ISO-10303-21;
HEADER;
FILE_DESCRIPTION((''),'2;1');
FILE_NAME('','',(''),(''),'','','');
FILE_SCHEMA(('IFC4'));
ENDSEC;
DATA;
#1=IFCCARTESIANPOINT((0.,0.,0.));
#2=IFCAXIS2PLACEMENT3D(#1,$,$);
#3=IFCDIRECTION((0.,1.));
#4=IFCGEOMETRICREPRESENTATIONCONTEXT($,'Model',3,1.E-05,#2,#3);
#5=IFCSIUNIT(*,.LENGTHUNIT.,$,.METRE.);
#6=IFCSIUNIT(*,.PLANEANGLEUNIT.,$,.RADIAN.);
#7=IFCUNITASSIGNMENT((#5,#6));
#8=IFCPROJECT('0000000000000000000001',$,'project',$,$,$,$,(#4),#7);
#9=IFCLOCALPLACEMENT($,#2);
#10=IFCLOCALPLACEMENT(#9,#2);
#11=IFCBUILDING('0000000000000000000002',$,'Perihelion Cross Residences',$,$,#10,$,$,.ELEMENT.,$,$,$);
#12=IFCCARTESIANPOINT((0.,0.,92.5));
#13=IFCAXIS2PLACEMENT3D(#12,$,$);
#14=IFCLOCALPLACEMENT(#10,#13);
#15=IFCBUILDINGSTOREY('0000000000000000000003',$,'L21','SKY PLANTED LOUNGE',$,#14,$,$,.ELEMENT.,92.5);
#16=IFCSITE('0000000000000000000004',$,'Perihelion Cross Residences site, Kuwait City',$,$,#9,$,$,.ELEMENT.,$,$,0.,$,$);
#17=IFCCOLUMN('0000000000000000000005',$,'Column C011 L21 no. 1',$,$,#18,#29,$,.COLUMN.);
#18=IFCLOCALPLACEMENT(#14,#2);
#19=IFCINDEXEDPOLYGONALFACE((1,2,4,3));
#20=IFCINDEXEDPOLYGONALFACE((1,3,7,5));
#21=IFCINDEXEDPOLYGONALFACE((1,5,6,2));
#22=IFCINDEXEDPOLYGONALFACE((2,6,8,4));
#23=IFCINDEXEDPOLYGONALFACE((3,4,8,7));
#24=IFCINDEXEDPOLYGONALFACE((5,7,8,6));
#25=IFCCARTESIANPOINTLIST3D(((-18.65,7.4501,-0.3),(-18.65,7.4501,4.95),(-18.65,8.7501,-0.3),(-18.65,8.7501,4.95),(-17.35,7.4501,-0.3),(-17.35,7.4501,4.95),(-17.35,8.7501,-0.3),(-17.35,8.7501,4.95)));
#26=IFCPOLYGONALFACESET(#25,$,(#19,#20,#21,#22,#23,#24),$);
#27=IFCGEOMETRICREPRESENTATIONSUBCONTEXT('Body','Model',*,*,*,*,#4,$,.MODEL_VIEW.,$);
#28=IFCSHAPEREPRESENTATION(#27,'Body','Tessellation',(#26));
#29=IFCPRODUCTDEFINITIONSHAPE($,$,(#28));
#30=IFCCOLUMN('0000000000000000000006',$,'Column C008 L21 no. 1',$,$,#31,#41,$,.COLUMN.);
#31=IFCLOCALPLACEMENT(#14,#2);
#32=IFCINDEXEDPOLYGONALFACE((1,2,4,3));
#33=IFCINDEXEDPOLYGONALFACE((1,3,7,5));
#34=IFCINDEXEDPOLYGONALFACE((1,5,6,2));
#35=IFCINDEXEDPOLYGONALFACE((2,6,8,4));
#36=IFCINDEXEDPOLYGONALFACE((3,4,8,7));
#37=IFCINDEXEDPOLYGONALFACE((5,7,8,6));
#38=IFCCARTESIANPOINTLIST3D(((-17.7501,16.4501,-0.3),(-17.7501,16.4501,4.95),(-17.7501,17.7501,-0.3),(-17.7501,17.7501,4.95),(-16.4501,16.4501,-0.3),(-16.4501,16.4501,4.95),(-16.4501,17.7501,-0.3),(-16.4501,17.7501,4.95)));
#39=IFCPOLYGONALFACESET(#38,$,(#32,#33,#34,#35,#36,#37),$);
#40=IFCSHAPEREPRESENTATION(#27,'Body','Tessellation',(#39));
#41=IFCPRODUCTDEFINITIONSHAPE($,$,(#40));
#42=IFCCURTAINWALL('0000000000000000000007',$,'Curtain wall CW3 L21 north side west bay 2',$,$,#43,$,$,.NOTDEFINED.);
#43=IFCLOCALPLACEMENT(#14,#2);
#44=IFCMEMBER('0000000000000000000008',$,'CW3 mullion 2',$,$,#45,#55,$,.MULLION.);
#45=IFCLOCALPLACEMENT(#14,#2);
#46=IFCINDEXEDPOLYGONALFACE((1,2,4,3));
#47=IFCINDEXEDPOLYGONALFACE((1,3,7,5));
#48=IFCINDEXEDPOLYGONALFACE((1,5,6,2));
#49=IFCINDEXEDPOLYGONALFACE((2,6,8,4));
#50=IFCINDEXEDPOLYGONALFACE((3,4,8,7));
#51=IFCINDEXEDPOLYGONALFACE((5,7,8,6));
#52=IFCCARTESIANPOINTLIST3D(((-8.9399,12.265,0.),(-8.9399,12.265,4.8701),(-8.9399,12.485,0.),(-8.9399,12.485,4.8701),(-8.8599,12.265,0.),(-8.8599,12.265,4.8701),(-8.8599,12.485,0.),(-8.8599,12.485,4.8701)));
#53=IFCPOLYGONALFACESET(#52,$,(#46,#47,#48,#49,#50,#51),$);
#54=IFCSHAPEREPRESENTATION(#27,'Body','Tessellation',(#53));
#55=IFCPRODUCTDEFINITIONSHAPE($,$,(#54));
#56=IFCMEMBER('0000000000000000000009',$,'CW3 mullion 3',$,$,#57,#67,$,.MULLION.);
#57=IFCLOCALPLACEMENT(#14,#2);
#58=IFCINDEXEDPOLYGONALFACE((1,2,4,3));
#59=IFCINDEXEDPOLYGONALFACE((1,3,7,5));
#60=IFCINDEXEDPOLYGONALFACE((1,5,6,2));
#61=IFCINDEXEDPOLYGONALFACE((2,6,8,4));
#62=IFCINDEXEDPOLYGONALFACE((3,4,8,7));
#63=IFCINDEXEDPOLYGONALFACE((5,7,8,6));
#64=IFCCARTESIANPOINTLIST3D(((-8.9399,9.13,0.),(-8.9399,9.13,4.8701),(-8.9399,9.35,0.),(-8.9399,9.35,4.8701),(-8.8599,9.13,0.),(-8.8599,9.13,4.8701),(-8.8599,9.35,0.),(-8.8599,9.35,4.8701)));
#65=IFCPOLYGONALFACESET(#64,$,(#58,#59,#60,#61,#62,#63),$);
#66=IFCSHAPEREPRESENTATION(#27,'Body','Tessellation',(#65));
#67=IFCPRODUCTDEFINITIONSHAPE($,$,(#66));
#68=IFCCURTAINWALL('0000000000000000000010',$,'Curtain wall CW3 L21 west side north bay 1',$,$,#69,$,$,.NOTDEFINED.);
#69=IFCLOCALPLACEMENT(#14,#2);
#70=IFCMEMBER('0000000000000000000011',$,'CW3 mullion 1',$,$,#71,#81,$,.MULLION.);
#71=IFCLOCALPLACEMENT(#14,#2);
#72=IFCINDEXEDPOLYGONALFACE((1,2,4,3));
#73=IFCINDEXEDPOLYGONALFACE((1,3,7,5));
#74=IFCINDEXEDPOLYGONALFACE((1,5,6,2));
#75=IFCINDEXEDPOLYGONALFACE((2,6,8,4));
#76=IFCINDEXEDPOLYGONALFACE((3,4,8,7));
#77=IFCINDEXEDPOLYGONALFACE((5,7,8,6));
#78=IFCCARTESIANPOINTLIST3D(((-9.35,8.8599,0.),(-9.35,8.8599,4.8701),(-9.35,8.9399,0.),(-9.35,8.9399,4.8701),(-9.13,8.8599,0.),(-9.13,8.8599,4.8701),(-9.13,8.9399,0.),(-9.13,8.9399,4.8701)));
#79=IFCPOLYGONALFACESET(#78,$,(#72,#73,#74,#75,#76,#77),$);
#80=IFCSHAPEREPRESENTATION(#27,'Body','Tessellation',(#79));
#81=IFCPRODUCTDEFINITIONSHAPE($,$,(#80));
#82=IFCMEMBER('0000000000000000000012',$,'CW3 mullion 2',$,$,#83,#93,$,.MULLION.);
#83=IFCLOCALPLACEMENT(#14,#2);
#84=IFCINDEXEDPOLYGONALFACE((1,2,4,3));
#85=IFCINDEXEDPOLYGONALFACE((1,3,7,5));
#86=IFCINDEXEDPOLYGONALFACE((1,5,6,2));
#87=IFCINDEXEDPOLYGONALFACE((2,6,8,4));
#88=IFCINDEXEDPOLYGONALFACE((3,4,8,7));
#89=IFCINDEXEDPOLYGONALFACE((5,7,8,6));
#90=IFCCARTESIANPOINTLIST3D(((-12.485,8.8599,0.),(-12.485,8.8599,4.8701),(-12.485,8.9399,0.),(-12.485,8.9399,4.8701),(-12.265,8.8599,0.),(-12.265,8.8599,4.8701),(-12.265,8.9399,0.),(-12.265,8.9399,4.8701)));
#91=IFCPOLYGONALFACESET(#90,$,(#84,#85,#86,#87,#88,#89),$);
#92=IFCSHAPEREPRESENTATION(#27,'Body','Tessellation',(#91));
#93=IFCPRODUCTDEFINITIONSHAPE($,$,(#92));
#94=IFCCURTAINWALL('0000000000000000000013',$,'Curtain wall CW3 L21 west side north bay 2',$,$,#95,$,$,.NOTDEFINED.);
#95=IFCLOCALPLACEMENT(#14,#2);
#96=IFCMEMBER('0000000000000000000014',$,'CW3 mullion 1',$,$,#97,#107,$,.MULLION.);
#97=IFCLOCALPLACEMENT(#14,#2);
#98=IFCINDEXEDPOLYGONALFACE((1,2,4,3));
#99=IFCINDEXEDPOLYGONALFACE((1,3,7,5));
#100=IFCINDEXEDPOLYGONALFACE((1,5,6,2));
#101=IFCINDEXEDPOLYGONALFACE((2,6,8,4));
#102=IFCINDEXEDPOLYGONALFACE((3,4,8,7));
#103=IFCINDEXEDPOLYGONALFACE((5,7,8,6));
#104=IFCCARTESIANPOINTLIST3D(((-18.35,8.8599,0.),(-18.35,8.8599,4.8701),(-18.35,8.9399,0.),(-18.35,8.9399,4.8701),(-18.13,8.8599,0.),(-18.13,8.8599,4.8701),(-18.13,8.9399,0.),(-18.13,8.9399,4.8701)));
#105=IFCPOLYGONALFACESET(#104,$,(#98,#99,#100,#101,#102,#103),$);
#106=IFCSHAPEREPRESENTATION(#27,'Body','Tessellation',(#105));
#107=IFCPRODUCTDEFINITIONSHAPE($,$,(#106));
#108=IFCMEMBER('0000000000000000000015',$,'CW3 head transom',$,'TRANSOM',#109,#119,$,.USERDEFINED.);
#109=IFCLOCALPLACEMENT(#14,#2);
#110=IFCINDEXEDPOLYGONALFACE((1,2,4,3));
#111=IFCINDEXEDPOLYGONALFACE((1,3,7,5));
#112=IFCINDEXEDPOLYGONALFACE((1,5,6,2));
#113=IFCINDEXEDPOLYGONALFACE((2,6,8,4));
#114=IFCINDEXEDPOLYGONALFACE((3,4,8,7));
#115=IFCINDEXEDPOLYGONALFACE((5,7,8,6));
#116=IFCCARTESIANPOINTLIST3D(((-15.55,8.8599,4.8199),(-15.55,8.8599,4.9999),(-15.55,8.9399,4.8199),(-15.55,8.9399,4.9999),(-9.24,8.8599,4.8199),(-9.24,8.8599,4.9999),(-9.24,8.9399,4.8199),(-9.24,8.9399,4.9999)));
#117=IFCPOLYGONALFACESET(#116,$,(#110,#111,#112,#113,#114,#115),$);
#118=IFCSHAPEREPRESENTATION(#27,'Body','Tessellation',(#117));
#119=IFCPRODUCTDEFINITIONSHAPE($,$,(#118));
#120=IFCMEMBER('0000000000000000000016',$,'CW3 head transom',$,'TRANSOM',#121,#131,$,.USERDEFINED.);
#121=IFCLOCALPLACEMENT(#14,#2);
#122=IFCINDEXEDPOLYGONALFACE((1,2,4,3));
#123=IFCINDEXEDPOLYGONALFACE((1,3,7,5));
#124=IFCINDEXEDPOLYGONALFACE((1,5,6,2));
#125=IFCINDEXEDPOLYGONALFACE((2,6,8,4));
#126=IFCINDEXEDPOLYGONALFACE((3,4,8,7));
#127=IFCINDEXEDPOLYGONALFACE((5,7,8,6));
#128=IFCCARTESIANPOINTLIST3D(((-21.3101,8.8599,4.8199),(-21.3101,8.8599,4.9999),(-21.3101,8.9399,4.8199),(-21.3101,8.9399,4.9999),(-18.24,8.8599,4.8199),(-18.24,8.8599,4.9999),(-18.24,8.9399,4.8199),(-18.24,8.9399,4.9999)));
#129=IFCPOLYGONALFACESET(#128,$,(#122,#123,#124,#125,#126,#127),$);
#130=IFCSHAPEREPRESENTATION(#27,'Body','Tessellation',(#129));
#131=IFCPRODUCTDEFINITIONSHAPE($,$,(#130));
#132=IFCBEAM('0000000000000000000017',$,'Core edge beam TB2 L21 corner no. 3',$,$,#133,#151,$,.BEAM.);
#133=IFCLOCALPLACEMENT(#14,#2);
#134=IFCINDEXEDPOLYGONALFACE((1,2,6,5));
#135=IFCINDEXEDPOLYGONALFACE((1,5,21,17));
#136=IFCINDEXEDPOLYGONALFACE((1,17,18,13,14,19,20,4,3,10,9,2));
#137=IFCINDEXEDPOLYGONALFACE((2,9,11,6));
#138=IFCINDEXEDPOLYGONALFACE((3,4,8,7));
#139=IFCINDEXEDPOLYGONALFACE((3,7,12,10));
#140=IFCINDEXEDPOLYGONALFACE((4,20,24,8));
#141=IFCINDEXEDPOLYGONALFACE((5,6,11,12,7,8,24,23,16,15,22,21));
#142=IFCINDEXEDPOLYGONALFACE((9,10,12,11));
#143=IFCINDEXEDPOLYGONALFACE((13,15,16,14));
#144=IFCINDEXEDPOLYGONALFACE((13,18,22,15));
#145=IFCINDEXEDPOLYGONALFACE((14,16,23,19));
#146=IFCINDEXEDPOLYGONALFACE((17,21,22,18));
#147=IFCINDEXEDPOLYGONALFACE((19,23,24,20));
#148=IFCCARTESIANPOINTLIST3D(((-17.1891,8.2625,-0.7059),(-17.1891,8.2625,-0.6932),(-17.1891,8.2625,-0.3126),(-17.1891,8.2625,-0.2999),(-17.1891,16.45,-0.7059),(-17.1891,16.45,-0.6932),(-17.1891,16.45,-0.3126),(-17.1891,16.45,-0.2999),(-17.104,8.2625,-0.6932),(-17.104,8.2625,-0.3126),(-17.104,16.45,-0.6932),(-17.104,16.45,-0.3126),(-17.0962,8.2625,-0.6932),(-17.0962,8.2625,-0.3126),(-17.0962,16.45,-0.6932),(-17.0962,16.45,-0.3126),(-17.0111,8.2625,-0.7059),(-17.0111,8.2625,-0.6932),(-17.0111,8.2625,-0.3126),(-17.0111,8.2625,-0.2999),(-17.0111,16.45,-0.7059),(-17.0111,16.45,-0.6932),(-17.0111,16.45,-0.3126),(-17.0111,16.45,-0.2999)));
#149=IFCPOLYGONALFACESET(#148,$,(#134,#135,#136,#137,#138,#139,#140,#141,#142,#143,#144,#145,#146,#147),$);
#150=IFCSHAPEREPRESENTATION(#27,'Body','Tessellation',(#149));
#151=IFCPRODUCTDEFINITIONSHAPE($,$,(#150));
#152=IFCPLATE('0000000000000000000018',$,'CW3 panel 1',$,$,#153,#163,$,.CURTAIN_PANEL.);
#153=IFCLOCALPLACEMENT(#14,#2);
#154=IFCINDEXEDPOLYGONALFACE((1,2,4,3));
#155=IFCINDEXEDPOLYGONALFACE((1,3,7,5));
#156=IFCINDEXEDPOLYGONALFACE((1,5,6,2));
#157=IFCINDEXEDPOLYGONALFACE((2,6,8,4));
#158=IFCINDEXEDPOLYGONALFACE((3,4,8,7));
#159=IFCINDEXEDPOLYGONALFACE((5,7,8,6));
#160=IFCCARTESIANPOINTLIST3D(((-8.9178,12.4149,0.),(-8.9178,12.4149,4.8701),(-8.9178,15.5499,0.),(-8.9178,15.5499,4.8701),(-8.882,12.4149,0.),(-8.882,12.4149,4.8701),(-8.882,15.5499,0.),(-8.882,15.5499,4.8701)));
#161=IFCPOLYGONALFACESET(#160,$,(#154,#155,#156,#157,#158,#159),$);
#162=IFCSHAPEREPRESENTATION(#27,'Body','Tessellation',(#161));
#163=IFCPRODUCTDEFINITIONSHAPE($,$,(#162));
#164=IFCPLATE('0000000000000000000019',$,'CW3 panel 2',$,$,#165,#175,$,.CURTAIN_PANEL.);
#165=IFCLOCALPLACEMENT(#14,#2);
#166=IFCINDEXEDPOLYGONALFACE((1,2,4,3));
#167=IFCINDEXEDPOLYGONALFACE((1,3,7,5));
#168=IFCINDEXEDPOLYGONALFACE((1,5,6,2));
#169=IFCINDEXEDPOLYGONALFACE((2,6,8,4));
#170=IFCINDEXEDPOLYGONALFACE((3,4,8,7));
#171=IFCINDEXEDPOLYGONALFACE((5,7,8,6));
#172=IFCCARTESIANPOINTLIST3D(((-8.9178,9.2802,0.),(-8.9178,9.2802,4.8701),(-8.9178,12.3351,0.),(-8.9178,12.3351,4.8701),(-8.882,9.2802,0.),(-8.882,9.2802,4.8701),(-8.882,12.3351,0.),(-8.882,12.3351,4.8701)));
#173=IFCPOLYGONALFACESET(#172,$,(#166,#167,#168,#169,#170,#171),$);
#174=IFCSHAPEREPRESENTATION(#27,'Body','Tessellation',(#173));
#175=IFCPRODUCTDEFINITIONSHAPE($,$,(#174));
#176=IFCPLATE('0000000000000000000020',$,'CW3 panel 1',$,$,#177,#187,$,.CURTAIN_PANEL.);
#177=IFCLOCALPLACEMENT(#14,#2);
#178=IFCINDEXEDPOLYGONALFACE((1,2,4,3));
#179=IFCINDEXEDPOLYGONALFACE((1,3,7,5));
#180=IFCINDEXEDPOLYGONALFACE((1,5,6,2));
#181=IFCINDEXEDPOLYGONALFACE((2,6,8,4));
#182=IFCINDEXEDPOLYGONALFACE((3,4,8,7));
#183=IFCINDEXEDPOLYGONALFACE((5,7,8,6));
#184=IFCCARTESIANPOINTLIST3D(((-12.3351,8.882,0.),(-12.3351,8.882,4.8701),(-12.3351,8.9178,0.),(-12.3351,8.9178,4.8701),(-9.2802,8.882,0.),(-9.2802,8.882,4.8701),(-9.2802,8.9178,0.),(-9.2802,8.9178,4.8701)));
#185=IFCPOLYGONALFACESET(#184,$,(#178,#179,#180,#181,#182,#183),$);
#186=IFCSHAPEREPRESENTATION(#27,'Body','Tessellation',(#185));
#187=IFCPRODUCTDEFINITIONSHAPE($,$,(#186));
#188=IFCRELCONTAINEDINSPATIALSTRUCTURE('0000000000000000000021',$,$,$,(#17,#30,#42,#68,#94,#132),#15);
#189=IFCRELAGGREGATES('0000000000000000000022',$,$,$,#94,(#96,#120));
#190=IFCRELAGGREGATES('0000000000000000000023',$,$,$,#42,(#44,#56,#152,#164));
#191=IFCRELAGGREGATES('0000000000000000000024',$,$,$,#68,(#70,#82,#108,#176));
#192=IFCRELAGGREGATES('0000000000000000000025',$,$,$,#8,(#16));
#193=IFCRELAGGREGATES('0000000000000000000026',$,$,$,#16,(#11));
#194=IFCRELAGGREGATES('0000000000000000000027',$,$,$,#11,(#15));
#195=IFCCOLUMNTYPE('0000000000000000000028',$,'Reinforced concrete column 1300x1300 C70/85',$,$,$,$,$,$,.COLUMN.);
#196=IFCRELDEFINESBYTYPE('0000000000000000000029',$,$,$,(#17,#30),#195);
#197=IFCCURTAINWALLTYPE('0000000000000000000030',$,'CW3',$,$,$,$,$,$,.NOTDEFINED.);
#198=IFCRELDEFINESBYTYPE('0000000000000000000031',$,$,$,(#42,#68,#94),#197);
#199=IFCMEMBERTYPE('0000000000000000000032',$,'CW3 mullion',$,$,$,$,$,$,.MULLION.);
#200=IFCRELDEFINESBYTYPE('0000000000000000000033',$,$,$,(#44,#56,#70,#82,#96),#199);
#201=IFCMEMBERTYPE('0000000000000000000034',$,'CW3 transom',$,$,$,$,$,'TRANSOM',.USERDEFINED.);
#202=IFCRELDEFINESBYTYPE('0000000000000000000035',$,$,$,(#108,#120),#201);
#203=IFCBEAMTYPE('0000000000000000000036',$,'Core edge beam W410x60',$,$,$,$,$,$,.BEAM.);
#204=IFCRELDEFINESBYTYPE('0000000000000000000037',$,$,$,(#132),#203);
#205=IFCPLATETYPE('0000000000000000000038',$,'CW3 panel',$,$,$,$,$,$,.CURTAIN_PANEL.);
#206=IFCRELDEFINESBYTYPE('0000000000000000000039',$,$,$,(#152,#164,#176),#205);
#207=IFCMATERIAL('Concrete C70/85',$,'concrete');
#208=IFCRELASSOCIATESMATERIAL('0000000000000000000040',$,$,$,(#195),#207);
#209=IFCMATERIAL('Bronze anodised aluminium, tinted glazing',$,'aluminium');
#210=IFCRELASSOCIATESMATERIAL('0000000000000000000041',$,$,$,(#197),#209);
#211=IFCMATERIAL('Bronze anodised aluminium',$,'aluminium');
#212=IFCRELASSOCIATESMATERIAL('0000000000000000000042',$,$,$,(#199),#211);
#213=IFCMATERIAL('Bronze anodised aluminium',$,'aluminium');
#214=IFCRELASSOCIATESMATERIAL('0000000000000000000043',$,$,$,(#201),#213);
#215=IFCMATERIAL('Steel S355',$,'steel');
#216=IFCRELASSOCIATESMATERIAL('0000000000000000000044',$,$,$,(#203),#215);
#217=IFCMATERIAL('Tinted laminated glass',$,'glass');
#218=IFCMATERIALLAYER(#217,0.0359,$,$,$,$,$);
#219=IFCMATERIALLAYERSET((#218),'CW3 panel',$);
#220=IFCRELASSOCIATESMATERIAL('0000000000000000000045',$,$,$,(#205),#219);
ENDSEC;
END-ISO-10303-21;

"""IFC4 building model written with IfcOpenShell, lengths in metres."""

from ifc_helpers import new_model, si_unit, direction, frame, origin, origin_2d, place, context, subcontext, project, spatial, rectangle, i_section, extrude, material, layer, layer_set, material_profile, profile_set, type_object, element, aggregate, save


model = new_model("IFC4")

# Units and contexts
model_context = context("Model", 3, precision=1e-05, world=origin(), true_north=direction((0.0, 1.0)))
body_context = subcontext(model_context, "Body", "Model", "MODEL_VIEW")
ifc_project = project(units=[si_unit("LENGTHUNIT", "METRE"), si_unit("PLANEANGLEUNIT", "RADIAN")], contexts=[model_context])

# Site, building, storey
site_placement = place(None, origin())
site = spatial("IfcSite", under=ifc_project, at=site_placement, Name="Perihelion Cross Residences site, Kuwait City", CompositionType="ELEMENT", RefElevation=0.0)
building_placement = place(site_placement, origin())
building = spatial("IfcBuilding", under=site, at=building_placement, Name="Perihelion Cross Residences", CompositionType="ELEMENT")
storey_placement = place(building_placement, frame((0.0, 0.0, 92.5)))
storey = spatial("IfcBuildingStorey", under=building, at=storey_placement, Name="L21", Description="SKY PLANTED LOUNGE", CompositionType="ELEMENT", Elevation=92.5)

# Columns
ifc_material_1 = material(Name="Concrete C70/85", Category="concrete")
ifc_material_profile_1 = material_profile(ifc_material_1, rectangle(XDim=1.3, YDim=1.3, at=origin_2d()), Name="RC 1300x1300")
ifc_profile_set_1 = profile_set([ifc_material_profile_1], Name="Concrete C70/85")
column_type = type_object("IfcColumnType", Name="Reinforced concrete column 1300x1300 C70/85", PredefinedType="COLUMN", material=ifc_profile_set_1)
for number, where, z_axis, x_axis, name in (
    (1, (-18.0, 8.1001, -0.3), (0.0, 0.0, 1.0), (1.0, 0.0, 0.0), "Column C011 L21 no. 1"),
    (2, (-17.1001, 17.1001, -0.3), (0.0, 0.0, 1.0), (1.0, 0.0, 0.0), "Column C008 L21 no. 1"),
):
    element("IfcColumn", number, at=place(storey_placement, frame(where, z_axis=z_axis, x_axis=x_axis)), inside=storey, type_object=column_type, Name=name, PredefinedType="COLUMN", context=body_context, shape_type="SweptSolid", body=[
        extrude(rectangle(XDim=1.3, YDim=1.3, at=origin_2d()), origin(), (0.0, 0.0, 1.0), 5.25),
    ])

# Curtain walls, members
ifc_material_2 = material(Name="Bronze anodised aluminium, tinted glazing", Category="aluminium")
curtain_wall_type = type_object("IfcCurtainWallType", Name="CW3", PredefinedType="NOTDEFINED", material=ifc_material_2)
curtain_wall_1_placement = place(storey_placement, origin())
curtain_wall_1 = element("IfcCurtainWall", 3, at=curtain_wall_1_placement, inside=storey, type_object=curtain_wall_type, Name="Curtain wall CW3 L21 north side west bay 2", PredefinedType="NOTDEFINED")
ifc_material_3 = material(Name="Bronze anodised aluminium", Category="aluminium")
ifc_material_profile_2 = material_profile(ifc_material_3, rectangle(XDim=0.0801, YDim=0.22, at=origin_2d()), Name="CW3 mullion")
ifc_profile_set_2 = profile_set([ifc_material_profile_2], Name="Bronze anodised aluminium")
member_type_1 = type_object("IfcMemberType", Name="CW3 mullion", PredefinedType="MULLION", material=ifc_profile_set_2)
member_1_placement = place(storey_placement, frame((-8.8999, 12.375, 0.0), z_axis=(0.0, 0.0, 1.0), x_axis=(1.0, 0.0, 0.0)))
member_1 = element("IfcMember", 4, at=member_1_placement, type_object=member_type_1, Name="CW3 mullion 2", PredefinedType="MULLION", context=body_context, shape_type="SweptSolid", body=[
    extrude(rectangle(XDim=0.0801, YDim=0.22, at=origin_2d()), origin(), (0.0, 0.0, 1.0), 4.8701),
])
member_2_placement = place(storey_placement, frame((-8.8999, 9.24, 0.0), z_axis=(0.0, 0.0, 1.0), x_axis=(1.0, 0.0, 0.0)))
member_2 = element("IfcMember", 5, at=member_2_placement, type_object=member_type_1, Name="CW3 mullion 3", PredefinedType="MULLION", context=body_context, shape_type="SweptSolid", body=[
    extrude(rectangle(XDim=0.0801, YDim=0.22, at=origin_2d()), origin(), (0.0, 0.0, 1.0), 4.8701),
])
curtain_wall_2_placement = place(storey_placement, origin())
curtain_wall_2 = element("IfcCurtainWall", 6, at=curtain_wall_2_placement, inside=storey, type_object=curtain_wall_type, Name="Curtain wall CW3 L21 west side north bay 1", PredefinedType="NOTDEFINED")
member_3_placement = place(storey_placement, frame((-9.24, 8.8999, 0.0), z_axis=(0.0, 0.0, 1.0), x_axis=(0.0, -1.0, 0.0)))
member_3 = element("IfcMember", 7, at=member_3_placement, type_object=member_type_1, Name="CW3 mullion 1", PredefinedType="MULLION", context=body_context, shape_type="SweptSolid", body=[
    extrude(rectangle(XDim=0.0801, YDim=0.22, at=origin_2d()), origin(), (0.0, 0.0, 1.0), 4.8701),
])
member_4_placement = place(storey_placement, frame((-12.375, 8.8999, 0.0), z_axis=(0.0, 0.0, 1.0), x_axis=(0.0, -1.0, 0.0)))
member_4 = element("IfcMember", 8, at=member_4_placement, type_object=member_type_1, Name="CW3 mullion 2", PredefinedType="MULLION", context=body_context, shape_type="SweptSolid", body=[
    extrude(rectangle(XDim=0.0801, YDim=0.22, at=origin_2d()), origin(), (0.0, 0.0, 1.0), 4.8701),
])

# Curtain wall, member
curtain_wall_3_placement = place(storey_placement, origin())
curtain_wall_3 = element("IfcCurtainWall", 9, at=curtain_wall_3_placement, inside=storey, type_object=curtain_wall_type, Name="Curtain wall CW3 L21 west side north bay 2", PredefinedType="NOTDEFINED")
member_5_placement = place(storey_placement, frame((-18.24, 8.8999, 0.0), z_axis=(0.0, 0.0, 1.0), x_axis=(0.0, -1.0, 0.0)))
member_5 = element("IfcMember", 10, at=member_5_placement, type_object=member_type_1, Name="CW3 mullion 1", PredefinedType="MULLION", context=body_context, shape_type="SweptSolid", body=[
    extrude(rectangle(XDim=0.0801, YDim=0.22, at=origin_2d()), origin(), (0.0, 0.0, 1.0), 4.8701),
])

# Members
ifc_material_4 = material(Name="Bronze anodised aluminium", Category="aluminium")
ifc_material_profile_3 = material_profile(ifc_material_4, rectangle(XDim=0.0801, YDim=0.1799, at=origin_2d()), Name="CW3 transom")
ifc_profile_set_3 = profile_set([ifc_material_profile_3], Name="Bronze anodised aluminium")
member_type_2 = type_object("IfcMemberType", Name="CW3 transom", ElementType="TRANSOM", PredefinedType="USERDEFINED", material=ifc_profile_set_3)
member_6_placement = place(storey_placement, frame((-9.24, 8.8999, 4.9099), z_axis=(-1.0, 0.0, 0.0), x_axis=(0.0, -1.0, 0.0)))
member_6 = element("IfcMember", 11, at=member_6_placement, type_object=member_type_2, Name="CW3 head transom", ObjectType="TRANSOM", PredefinedType="USERDEFINED", context=body_context, shape_type="SweptSolid", body=[
    extrude(rectangle(XDim=0.0801, YDim=0.1799, at=origin_2d()), origin(), (0.0, 0.0, 1.0), 6.3101),
])
member_7_placement = place(storey_placement, frame((-18.24, 8.8999, 4.9099), z_axis=(-1.0, 0.0, 0.0), x_axis=(0.0, -1.0, 0.0)))
member_7 = element("IfcMember", 12, at=member_7_placement, type_object=member_type_2, Name="CW3 head transom", ObjectType="TRANSOM", PredefinedType="USERDEFINED", context=body_context, shape_type="SweptSolid", body=[
    extrude(rectangle(XDim=0.0801, YDim=0.1799, at=origin_2d()), origin(), (0.0, 0.0, 1.0), 3.0701),
])
aggregate(curtain_wall_3, [member_5, member_7])

# Beam
ifc_material_5 = material(Name="Steel S355", Category="steel")
ifc_material_profile_4 = material_profile(ifc_material_5, i_section(OverallWidth=0.178, OverallDepth=0.406, WebThickness=0.0078, FlangeThickness=0.0127, at=origin_2d()), Name="W410x60")
ifc_profile_set_4 = profile_set([ifc_material_profile_4], Name="Steel S355")
beam_type = type_object("IfcBeamType", Name="Core edge beam W410x60", PredefinedType="BEAM", material=ifc_profile_set_4)
beam_placement = place(storey_placement, frame((-17.1001, 8.2625, -0.5029), z_axis=(0.0, 1.0, 0.0), x_axis=(-1.0, 0.0, 0.0)))
element("IfcBeam", 13, at=beam_placement, inside=storey, type_object=beam_type, Name="Core edge beam TB2 L21 corner no. 3", PredefinedType="BEAM", context=body_context, shape_type="SweptSolid", body=[
    extrude(i_section(OverallWidth=0.178, OverallDepth=0.406, WebThickness=0.0078, FlangeThickness=0.0127, at=origin_2d()), origin(), (0.0, 0.0, 1.0), 8.1875),
])

# Plates
ifc_material_6 = material(Name="Tinted laminated glass", Category="glass")
ifc_layer_1 = layer(ifc_material_6, 0.0359)
ifc_layer_set_1 = layer_set([ifc_layer_1], Name="CW3 panel")
plate_type = type_object("IfcPlateType", Name="CW3 panel", PredefinedType="CURTAIN_PANEL", material=ifc_layer_set_1)
plate_1_placement = place(storey_placement, frame((-8.8999, 13.9824, 0.0), z_axis=(0.0, 0.0, 1.0), x_axis=(0.0, -1.0, 0.0)))
plate_1 = element("IfcPlate", 14, at=plate_1_placement, type_object=plate_type, Name="CW3 panel 1", PredefinedType="CURTAIN_PANEL", context=body_context, shape_type="SweptSolid", body=[
    extrude(rectangle(XDim=3.135, YDim=0.0359, at=origin_2d()), origin(), (0.0, 0.0, 1.0), 4.8701),
])
plate_2_placement = place(storey_placement, frame((-8.8999, 10.8076, 0.0), z_axis=(0.0, 0.0, 1.0), x_axis=(0.0, -1.0, 0.0)))
plate_2 = element("IfcPlate", 15, at=plate_2_placement, type_object=plate_type, Name="CW3 panel 2", PredefinedType="CURTAIN_PANEL", context=body_context, shape_type="SweptSolid", body=[
    extrude(rectangle(XDim=3.0549, YDim=0.0359, at=origin_2d()), origin(), (0.0, 0.0, 1.0), 4.8701),
])
aggregate(curtain_wall_1, [member_1, member_2, plate_1, plate_2])
plate_3_placement = place(storey_placement, frame((-10.8076, 8.8999, 0.0), z_axis=(0.0, 0.0, 1.0), x_axis=(-1.0, 0.0, 0.0)))
plate_3 = element("IfcPlate", 16, at=plate_3_placement, type_object=plate_type, Name="CW3 panel 1", PredefinedType="CURTAIN_PANEL", context=body_context, shape_type="SweptSolid", body=[
    extrude(rectangle(XDim=3.0549, YDim=0.0359, at=origin_2d()), origin(), (0.0, 0.0, 1.0), 4.8701),
])
aggregate(curtain_wall_2, [member_3, member_4, member_6, plate_3])

save(model, "model.ifc")
